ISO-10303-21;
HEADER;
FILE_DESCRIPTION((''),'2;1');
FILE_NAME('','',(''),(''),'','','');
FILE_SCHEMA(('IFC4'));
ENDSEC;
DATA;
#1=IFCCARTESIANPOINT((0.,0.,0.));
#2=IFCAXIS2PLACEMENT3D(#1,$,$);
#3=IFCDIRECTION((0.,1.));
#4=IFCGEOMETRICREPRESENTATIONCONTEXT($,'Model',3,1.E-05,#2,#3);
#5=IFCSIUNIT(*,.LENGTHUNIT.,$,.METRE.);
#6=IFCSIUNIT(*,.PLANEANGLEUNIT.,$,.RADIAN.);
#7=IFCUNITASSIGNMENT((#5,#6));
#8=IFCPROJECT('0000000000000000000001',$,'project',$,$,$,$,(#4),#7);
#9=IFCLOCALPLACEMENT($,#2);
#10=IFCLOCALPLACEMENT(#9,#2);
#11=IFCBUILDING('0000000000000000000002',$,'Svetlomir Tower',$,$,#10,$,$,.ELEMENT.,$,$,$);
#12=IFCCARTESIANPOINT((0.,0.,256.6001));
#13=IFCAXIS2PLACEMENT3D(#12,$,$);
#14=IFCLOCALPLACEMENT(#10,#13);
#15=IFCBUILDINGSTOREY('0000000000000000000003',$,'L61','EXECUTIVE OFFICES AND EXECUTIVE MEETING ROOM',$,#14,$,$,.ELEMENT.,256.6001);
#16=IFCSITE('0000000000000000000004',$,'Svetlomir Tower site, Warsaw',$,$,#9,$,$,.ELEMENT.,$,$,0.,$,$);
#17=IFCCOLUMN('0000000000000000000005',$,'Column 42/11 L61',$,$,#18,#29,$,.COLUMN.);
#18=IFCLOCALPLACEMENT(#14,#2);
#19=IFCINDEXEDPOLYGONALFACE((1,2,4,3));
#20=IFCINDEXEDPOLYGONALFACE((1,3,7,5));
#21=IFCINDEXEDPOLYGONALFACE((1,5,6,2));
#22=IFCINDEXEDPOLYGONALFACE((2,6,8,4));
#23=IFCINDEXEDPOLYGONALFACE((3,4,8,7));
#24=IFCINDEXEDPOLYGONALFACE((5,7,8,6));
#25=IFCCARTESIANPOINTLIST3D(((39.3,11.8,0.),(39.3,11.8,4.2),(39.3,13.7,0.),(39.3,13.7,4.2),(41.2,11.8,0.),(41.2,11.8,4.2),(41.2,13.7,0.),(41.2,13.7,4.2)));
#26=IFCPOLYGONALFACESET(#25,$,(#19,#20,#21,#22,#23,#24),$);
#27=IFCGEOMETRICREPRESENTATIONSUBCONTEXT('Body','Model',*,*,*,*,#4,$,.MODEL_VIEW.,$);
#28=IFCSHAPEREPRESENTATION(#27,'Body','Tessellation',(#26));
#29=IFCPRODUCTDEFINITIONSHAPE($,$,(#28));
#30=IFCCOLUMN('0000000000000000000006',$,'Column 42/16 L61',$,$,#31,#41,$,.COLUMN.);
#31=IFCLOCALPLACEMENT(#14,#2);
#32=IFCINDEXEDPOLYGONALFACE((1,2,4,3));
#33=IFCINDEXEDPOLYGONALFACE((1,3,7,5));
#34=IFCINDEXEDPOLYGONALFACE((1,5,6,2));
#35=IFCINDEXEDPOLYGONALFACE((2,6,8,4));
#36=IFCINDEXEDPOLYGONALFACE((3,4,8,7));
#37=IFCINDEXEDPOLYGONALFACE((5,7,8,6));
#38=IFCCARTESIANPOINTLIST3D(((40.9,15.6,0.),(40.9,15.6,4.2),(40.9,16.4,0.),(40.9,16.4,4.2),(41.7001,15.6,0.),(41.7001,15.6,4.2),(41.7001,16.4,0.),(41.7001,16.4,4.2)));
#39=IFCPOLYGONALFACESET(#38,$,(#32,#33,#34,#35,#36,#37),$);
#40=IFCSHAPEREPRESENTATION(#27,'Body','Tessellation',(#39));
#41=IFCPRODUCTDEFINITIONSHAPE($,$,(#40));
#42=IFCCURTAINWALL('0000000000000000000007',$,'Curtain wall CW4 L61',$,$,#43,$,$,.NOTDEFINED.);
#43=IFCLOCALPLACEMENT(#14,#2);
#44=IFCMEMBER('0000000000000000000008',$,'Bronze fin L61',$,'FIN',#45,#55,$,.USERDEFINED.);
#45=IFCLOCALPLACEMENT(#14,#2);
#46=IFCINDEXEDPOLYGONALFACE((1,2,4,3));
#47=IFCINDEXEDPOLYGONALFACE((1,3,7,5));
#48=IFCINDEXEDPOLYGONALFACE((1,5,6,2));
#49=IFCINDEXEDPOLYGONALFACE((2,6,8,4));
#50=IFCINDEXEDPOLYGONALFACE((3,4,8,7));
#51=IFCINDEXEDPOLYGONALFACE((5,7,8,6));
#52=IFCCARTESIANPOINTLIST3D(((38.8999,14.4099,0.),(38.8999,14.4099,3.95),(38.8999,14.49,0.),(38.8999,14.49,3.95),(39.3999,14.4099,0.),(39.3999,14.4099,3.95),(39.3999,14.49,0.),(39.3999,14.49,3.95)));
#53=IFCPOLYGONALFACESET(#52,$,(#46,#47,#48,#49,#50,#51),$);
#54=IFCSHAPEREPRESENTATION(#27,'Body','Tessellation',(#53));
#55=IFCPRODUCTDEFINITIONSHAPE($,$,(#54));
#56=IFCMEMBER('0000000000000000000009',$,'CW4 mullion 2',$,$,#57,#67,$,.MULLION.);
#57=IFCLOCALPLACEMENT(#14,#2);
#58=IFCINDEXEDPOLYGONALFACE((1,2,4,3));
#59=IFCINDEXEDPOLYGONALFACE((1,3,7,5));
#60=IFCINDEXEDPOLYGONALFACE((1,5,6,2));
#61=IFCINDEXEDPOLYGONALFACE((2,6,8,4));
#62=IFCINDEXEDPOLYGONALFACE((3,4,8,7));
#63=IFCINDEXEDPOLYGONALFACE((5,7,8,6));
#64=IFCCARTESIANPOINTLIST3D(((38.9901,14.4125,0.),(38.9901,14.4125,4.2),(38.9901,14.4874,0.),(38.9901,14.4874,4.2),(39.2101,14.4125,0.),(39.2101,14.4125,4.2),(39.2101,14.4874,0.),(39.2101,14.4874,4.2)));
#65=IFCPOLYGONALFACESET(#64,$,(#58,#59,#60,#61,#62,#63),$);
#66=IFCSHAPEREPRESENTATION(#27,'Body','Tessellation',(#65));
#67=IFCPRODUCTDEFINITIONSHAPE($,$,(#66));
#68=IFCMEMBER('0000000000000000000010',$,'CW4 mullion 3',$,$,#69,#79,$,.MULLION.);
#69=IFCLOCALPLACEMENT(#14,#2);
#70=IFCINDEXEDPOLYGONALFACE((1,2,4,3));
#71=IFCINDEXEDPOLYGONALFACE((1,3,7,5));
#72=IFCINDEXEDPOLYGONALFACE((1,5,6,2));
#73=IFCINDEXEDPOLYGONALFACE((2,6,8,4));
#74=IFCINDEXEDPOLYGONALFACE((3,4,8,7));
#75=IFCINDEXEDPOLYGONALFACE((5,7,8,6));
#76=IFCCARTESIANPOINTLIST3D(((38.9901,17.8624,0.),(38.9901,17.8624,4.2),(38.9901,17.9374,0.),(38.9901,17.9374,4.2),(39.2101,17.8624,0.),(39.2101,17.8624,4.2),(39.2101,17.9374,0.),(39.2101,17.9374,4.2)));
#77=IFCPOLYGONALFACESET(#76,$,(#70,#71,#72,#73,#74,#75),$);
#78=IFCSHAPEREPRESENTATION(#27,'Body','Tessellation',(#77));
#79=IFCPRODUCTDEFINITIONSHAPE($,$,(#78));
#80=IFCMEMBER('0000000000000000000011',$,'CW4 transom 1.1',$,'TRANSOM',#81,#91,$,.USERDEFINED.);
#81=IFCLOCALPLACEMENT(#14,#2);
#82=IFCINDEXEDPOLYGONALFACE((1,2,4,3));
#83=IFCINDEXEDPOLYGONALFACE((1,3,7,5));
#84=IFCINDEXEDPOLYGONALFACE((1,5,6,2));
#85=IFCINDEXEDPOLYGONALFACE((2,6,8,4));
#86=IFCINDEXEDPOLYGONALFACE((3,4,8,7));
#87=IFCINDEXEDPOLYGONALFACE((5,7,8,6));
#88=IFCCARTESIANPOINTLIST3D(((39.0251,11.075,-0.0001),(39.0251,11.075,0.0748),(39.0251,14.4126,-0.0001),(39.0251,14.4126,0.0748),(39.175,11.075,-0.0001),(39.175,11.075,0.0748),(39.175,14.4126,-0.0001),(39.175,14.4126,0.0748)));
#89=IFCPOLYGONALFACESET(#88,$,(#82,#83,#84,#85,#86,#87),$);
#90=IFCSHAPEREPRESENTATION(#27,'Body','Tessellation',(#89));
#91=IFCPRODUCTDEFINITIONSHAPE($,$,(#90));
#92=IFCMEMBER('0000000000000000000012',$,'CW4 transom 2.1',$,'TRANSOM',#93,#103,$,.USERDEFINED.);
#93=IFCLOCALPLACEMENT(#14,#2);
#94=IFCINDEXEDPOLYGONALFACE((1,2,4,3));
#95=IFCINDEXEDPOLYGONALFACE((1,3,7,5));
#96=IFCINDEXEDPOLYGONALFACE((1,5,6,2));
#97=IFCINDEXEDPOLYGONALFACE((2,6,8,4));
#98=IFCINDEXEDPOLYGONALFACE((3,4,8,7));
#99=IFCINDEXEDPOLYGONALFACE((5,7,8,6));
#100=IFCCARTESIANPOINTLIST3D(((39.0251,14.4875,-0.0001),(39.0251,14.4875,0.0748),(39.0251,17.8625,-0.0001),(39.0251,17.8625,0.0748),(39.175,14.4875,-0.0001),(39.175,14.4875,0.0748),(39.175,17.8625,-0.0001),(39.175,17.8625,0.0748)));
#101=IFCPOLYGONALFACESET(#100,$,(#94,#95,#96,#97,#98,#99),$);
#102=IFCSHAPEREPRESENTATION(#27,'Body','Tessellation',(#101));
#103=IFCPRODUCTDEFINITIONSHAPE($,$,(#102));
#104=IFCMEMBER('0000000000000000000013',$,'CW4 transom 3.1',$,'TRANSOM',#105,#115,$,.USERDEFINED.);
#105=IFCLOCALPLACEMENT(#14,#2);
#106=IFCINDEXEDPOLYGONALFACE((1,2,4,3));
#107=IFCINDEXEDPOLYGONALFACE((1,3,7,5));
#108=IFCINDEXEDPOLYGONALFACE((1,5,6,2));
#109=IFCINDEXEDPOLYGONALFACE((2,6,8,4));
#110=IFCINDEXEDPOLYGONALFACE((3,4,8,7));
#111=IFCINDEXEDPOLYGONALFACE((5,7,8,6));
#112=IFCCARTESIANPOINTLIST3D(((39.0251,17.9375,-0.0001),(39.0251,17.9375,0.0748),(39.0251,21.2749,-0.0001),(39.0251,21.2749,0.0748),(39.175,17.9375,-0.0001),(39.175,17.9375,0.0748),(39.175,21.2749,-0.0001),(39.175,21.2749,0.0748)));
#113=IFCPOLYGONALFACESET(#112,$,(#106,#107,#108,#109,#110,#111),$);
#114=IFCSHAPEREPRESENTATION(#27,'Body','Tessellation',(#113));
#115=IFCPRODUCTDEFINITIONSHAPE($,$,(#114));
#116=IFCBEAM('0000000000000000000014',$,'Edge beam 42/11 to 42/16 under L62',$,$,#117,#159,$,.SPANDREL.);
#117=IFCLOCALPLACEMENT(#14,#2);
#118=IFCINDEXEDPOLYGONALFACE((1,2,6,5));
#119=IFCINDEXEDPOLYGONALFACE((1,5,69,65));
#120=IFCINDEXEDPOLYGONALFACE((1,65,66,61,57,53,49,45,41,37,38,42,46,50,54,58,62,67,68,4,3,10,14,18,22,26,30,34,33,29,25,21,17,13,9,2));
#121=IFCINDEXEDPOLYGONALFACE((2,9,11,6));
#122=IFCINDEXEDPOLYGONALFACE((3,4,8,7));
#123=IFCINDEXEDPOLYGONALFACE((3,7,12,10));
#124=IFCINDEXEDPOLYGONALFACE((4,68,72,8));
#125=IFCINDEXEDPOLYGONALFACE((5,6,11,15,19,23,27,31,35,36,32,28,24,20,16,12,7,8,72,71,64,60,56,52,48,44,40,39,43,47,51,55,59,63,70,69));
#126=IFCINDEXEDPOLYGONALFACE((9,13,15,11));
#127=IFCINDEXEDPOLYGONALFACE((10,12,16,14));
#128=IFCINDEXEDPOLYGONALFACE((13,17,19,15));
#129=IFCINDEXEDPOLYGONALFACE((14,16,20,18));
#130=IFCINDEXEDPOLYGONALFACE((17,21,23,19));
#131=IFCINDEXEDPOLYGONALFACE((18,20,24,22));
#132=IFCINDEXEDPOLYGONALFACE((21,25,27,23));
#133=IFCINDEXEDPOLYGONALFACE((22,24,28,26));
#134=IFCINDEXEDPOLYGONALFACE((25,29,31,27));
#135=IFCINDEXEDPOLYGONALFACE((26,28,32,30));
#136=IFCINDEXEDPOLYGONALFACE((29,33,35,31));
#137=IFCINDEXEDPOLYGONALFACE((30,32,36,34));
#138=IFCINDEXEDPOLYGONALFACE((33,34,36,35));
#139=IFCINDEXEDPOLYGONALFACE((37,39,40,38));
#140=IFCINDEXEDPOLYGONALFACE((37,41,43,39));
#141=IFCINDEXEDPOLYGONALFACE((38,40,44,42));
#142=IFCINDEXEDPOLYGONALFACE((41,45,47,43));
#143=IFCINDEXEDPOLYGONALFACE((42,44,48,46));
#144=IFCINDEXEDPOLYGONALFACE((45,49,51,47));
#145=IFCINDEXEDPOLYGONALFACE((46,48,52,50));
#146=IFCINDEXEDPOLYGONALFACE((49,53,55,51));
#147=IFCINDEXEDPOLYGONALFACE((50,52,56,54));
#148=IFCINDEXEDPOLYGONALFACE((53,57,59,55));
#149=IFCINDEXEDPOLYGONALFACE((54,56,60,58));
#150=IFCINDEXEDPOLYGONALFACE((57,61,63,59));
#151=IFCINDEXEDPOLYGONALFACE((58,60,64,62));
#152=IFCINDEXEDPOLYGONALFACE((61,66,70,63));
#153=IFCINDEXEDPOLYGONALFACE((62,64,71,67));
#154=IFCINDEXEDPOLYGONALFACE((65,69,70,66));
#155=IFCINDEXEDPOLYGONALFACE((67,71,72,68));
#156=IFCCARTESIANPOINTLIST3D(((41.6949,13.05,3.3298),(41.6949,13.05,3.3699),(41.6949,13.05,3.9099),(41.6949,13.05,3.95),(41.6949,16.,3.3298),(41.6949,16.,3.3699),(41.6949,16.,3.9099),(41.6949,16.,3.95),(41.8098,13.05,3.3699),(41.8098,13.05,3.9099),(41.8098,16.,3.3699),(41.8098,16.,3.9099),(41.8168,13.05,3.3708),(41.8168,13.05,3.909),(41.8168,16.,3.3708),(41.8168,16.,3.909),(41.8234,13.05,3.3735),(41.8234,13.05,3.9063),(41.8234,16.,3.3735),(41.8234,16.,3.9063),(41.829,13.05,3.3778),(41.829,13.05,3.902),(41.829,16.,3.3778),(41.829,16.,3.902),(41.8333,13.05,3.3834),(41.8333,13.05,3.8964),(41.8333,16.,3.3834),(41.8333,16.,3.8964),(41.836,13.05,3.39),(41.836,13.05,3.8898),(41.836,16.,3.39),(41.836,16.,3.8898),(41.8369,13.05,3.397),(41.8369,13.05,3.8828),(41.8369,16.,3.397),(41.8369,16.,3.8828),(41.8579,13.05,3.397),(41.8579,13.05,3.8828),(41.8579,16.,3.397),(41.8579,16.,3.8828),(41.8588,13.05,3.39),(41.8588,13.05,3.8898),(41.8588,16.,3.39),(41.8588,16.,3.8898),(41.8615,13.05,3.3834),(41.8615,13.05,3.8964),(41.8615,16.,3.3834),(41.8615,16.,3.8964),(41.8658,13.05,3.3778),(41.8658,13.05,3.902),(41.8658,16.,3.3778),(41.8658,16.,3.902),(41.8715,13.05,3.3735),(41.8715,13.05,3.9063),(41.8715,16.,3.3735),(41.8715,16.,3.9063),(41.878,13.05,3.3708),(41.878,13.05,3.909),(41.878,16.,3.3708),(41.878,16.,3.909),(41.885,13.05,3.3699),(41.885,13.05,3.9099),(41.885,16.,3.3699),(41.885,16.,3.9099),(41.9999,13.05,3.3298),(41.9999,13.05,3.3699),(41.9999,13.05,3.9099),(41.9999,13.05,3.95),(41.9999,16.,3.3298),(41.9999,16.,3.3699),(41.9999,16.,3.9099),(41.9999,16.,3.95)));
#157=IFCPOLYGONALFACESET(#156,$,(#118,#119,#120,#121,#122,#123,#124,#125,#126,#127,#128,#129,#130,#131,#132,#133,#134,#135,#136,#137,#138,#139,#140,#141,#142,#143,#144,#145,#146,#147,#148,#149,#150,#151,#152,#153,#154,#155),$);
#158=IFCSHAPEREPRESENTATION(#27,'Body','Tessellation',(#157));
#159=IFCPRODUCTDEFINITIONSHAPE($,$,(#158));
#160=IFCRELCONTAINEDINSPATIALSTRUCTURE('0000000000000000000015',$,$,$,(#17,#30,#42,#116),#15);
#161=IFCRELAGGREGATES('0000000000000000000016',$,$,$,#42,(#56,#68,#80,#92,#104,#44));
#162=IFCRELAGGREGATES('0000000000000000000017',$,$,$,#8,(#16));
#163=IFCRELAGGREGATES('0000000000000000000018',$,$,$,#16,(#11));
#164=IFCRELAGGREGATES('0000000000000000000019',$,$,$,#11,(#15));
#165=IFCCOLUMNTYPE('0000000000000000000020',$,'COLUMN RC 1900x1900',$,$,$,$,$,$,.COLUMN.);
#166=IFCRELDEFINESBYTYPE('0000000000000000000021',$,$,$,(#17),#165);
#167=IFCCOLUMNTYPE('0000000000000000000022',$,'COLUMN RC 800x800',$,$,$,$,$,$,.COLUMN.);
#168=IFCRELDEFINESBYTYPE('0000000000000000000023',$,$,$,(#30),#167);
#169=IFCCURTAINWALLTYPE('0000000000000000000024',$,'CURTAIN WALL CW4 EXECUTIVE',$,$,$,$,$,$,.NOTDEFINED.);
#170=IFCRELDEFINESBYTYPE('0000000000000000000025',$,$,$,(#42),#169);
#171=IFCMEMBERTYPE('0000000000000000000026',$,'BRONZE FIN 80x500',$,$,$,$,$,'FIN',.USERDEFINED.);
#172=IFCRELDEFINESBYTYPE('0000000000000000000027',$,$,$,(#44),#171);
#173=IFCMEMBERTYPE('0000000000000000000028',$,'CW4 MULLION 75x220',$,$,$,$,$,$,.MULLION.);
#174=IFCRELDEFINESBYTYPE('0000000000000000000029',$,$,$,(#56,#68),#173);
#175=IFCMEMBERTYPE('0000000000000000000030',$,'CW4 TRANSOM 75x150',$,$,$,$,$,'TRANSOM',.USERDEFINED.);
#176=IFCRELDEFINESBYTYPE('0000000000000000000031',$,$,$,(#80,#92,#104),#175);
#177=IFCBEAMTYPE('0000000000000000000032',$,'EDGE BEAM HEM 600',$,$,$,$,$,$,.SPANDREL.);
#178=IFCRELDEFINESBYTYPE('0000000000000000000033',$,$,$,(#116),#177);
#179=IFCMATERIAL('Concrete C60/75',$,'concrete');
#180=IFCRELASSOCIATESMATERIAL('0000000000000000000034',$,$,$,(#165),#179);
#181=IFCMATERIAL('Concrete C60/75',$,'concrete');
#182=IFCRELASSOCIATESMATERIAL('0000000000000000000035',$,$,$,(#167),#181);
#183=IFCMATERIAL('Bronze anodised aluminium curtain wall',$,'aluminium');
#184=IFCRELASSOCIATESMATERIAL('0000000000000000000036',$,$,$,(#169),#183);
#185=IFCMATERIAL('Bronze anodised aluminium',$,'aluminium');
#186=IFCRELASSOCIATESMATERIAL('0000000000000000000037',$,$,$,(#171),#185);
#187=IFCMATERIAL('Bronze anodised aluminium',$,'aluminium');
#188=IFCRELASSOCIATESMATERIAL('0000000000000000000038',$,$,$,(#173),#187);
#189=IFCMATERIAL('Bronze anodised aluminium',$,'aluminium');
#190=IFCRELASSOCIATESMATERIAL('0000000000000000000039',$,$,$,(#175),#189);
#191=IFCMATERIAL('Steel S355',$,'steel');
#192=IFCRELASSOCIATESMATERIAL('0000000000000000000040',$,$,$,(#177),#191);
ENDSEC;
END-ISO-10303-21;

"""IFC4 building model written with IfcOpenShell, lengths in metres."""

from ifc_helpers import new_model, si_unit, direction, frame, origin, origin_2d, place, context, subcontext, project, spatial, rectangle, i_section, extrude, material, material_profile, profile_set, type_object, element, aggregate, save


model = new_model("IFC4")

# Units and contexts
model_context = context("Model", 3, precision=1e-05, world=origin(), true_north=direction((0.0, 1.0)))
body_context = subcontext(model_context, "Body", "Model", "MODEL_VIEW")
ifc_project = project(units=[si_unit("LENGTHUNIT", "METRE"), si_unit("PLANEANGLEUNIT", "RADIAN")], contexts=[model_context])

# Site, building, storey
site_placement = place(None, origin())
site = spatial("IfcSite", under=ifc_project, at=site_placement, Name="Svetlomir Tower site, Warsaw", CompositionType="ELEMENT", RefElevation=0.0)
building_placement = place(site_placement, origin())
building = spatial("IfcBuilding", under=site, at=building_placement, Name="Svetlomir Tower", CompositionType="ELEMENT")
storey_placement = place(building_placement, frame((0.0, 0.0, 256.6001)))
storey = spatial("IfcBuildingStorey", under=building, at=storey_placement, Name="L61", Description="EXECUTIVE OFFICES AND EXECUTIVE MEETING ROOM", CompositionType="ELEMENT", Elevation=256.6001)

# Columns
ifc_material_1 = material(Name="Concrete C60/75", Category="concrete")
ifc_material_profile_1 = material_profile(ifc_material_1, rectangle(XDim=1.8999, YDim=1.8999, at=origin_2d()), Name="RC 1900x1900")
ifc_profile_set_1 = profile_set([ifc_material_profile_1], Name="Concrete C60/75")
column_type_1 = type_object("IfcColumnType", Name="COLUMN RC 1900x1900", PredefinedType="COLUMN", material=ifc_profile_set_1)
column_1_placement = place(storey_placement, frame((40.25, 12.75, 0.0), z_axis=(0.0, 0.0, 1.0), x_axis=(1.0, 0.0, 0.0)))
element("IfcColumn", 1, at=column_1_placement, inside=storey, type_object=column_type_1, Name="Column 42/11 L61", PredefinedType="COLUMN", context=body_context, shape_type="SweptSolid", body=[
    extrude(rectangle(XDim=1.8999, YDim=1.8999, at=origin_2d()), origin(), (0.0, 0.0, 1.0), 4.2),
])
ifc_material_2 = material(Name="Concrete C60/75", Category="concrete")
ifc_material_profile_2 = material_profile(ifc_material_2, rectangle(XDim=0.8, YDim=0.8, at=origin_2d()), Name="RC 800x800")
ifc_profile_set_2 = profile_set([ifc_material_profile_2], Name="Concrete C60/75")
column_type_2 = type_object("IfcColumnType", Name="COLUMN RC 800x800", PredefinedType="COLUMN", material=ifc_profile_set_2)
column_2_placement = place(storey_placement, frame((41.3, 16.0, 0.0), z_axis=(0.0, 0.0, 1.0), x_axis=(1.0, 0.0, 0.0)))
element("IfcColumn", 2, at=column_2_placement, inside=storey, type_object=column_type_2, Name="Column 42/16 L61", PredefinedType="COLUMN", context=body_context, shape_type="SweptSolid", body=[
    extrude(rectangle(XDim=0.8, YDim=0.8, at=origin_2d()), origin(), (0.0, 0.0, 1.0), 4.2),
])

# Curtain wall, members
ifc_material_3 = material(Name="Bronze anodised aluminium curtain wall", Category="aluminium")
curtain_wall_type = type_object("IfcCurtainWallType", Name="CURTAIN WALL CW4 EXECUTIVE", PredefinedType="NOTDEFINED", material=ifc_material_3)
curtain_wall_placement = place(storey_placement, origin())
curtain_wall = element("IfcCurtainWall", 3, at=curtain_wall_placement, inside=storey, type_object=curtain_wall_type, Name="Curtain wall CW4 L61", PredefinedType="NOTDEFINED")
ifc_material_4 = material(Name="Bronze anodised aluminium", Category="aluminium")
ifc_material_profile_3 = material_profile(ifc_material_4, rectangle(XDim=0.0801, YDim=0.5, at=origin_2d()), Name="FIN 80x500")
ifc_profile_set_3 = profile_set([ifc_material_profile_3], Name="Bronze anodised aluminium 6063-T6")
member_type_1 = type_object("IfcMemberType", Name="BRONZE FIN 80x500", ElementType="FIN", PredefinedType="USERDEFINED", material=ifc_profile_set_3)
member_1_placement = place(storey_placement, frame((39.1499, 14.45, 0.0), z_axis=(0.0, 0.0, 1.0), x_axis=(0.0, 1.0, 0.0)))
member_1 = element("IfcMember", 4, at=member_1_placement, type_object=member_type_1, Name="Bronze fin L61", ObjectType="FIN", PredefinedType="USERDEFINED", context=body_context, shape_type="SweptSolid", body=[
    extrude(rectangle(XDim=0.0801, YDim=0.5, at=origin_2d()), origin(), (0.0, 0.0, 1.0), 3.95),
])
ifc_material_5 = material(Name="Bronze anodised aluminium", Category="aluminium")
ifc_material_profile_4 = material_profile(ifc_material_5, rectangle(XDim=0.075, YDim=0.22, at=origin_2d()), Name="AL 75x220")
ifc_profile_set_4 = profile_set([ifc_material_profile_4], Name="Bronze anodised aluminium 6063-T6")
member_type_2 = type_object("IfcMemberType", Name="CW4 MULLION 75x220", PredefinedType="MULLION", material=ifc_profile_set_4)
member_2_placement = place(storey_placement, frame((39.1001, 14.45, 0.0), z_axis=(0.0, 0.0, 1.0), x_axis=(0.0, 1.0, 0.0)))
member_2 = element("IfcMember", 5, at=member_2_placement, type_object=member_type_2, Name="CW4 mullion 2", PredefinedType="MULLION", context=body_context, shape_type="SweptSolid", body=[
    extrude(rectangle(XDim=0.075, YDim=0.22, at=origin_2d()), origin(), (0.0, 0.0, 1.0), 4.2),
])
member_3_placement = place(storey_placement, frame((39.1001, 17.8999, 0.0), z_axis=(0.0, 0.0, 1.0), x_axis=(0.0, 1.0, 0.0)))
member_3 = element("IfcMember", 6, at=member_3_placement, type_object=member_type_2, Name="CW4 mullion 3", PredefinedType="MULLION", context=body_context, shape_type="SweptSolid", body=[
    extrude(rectangle(XDim=0.075, YDim=0.22, at=origin_2d()), origin(), (0.0, 0.0, 1.0), 4.2),
])
ifc_material_6 = material(Name="Bronze anodised aluminium", Category="aluminium")
ifc_material_profile_5 = material_profile(ifc_material_6, rectangle(XDim=0.1499, YDim=0.075, at=origin_2d()), Name="AL 150x75")
ifc_profile_set_5 = profile_set([ifc_material_profile_5], Name="Bronze anodised aluminium 6063-T6")
member_type_3 = type_object("IfcMemberType", Name="CW4 TRANSOM 75x150", ElementType="TRANSOM", PredefinedType="USERDEFINED", material=ifc_profile_set_5)
member_4_placement = place(storey_placement, frame((39.1001, 11.075, 0.0374), z_axis=(0.0, 1.0, 0.0), x_axis=(-1.0, 0.0, 0.0)))
member_4 = element("IfcMember", 7, at=member_4_placement, type_object=member_type_3, Name="CW4 transom 1.1", ObjectType="TRANSOM", PredefinedType="USERDEFINED", context=body_context, shape_type="SweptSolid", body=[
    extrude(rectangle(XDim=0.1499, YDim=0.075, at=origin_2d()), origin(), (0.0, 0.0, 1.0), 3.3376),
])
member_5_placement = place(storey_placement, frame((39.1001, 14.4875, 0.0374), z_axis=(0.0, 1.0, 0.0), x_axis=(-1.0, 0.0, 0.0)))
member_5 = element("IfcMember", 8, at=member_5_placement, type_object=member_type_3, Name="CW4 transom 2.1", ObjectType="TRANSOM", PredefinedType="USERDEFINED", context=body_context, shape_type="SweptSolid", body=[
    extrude(rectangle(XDim=0.1499, YDim=0.075, at=origin_2d()), origin(), (0.0, 0.0, 1.0), 3.375),
])
member_6_placement = place(storey_placement, frame((39.1001, 17.9375, 0.0374), z_axis=(0.0, 1.0, 0.0), x_axis=(-1.0, 0.0, 0.0)))
member_6 = element("IfcMember", 9, at=member_6_placement, type_object=member_type_3, Name="CW4 transom 3.1", ObjectType="TRANSOM", PredefinedType="USERDEFINED", context=body_context, shape_type="SweptSolid", body=[
    extrude(rectangle(XDim=0.1499, YDim=0.075, at=origin_2d()), origin(), (0.0, 0.0, 1.0), 3.3374),
])

# Beam
ifc_material_7 = material(Name="Steel S355", Category="steel")
ifc_material_profile_6 = material_profile(ifc_material_7, i_section(OverallWidth=0.3049, OverallDepth=0.6201, WebThickness=0.021, FlangeThickness=0.04, FilletRadius=0.0271, at=origin_2d()), Name="HEM 600")
ifc_profile_set_6 = profile_set([ifc_material_profile_6], Name="Steel S355")
beam_type_1 = type_object("IfcBeamType", Name="EDGE BEAM HEM 600", PredefinedType="SPANDREL", material=ifc_profile_set_6)
beam_1_placement = place(storey_placement, frame((41.8474, 13.05, 3.6399), z_axis=(0.0, 1.0, 0.0), x_axis=(-1.0, 0.0, 0.0)))
element("IfcBeam", 10, at=beam_1_placement, inside=storey, type_object=beam_type_1, Name="Edge beam 42/11 to 42/16 under L62", PredefinedType="SPANDREL", context=body_context, shape_type="SweptSolid", body=[
    extrude(i_section(OverallWidth=0.3049, OverallDepth=0.6201, WebThickness=0.021, FlangeThickness=0.04, FilletRadius=0.0271, at=origin_2d()), origin(), (0.0, 0.0, 1.0), 2.95),
])

aggregate(curtain_wall, [member_2, member_3, member_4, member_5, member_6, member_1])

save(model, "model.ifc")
